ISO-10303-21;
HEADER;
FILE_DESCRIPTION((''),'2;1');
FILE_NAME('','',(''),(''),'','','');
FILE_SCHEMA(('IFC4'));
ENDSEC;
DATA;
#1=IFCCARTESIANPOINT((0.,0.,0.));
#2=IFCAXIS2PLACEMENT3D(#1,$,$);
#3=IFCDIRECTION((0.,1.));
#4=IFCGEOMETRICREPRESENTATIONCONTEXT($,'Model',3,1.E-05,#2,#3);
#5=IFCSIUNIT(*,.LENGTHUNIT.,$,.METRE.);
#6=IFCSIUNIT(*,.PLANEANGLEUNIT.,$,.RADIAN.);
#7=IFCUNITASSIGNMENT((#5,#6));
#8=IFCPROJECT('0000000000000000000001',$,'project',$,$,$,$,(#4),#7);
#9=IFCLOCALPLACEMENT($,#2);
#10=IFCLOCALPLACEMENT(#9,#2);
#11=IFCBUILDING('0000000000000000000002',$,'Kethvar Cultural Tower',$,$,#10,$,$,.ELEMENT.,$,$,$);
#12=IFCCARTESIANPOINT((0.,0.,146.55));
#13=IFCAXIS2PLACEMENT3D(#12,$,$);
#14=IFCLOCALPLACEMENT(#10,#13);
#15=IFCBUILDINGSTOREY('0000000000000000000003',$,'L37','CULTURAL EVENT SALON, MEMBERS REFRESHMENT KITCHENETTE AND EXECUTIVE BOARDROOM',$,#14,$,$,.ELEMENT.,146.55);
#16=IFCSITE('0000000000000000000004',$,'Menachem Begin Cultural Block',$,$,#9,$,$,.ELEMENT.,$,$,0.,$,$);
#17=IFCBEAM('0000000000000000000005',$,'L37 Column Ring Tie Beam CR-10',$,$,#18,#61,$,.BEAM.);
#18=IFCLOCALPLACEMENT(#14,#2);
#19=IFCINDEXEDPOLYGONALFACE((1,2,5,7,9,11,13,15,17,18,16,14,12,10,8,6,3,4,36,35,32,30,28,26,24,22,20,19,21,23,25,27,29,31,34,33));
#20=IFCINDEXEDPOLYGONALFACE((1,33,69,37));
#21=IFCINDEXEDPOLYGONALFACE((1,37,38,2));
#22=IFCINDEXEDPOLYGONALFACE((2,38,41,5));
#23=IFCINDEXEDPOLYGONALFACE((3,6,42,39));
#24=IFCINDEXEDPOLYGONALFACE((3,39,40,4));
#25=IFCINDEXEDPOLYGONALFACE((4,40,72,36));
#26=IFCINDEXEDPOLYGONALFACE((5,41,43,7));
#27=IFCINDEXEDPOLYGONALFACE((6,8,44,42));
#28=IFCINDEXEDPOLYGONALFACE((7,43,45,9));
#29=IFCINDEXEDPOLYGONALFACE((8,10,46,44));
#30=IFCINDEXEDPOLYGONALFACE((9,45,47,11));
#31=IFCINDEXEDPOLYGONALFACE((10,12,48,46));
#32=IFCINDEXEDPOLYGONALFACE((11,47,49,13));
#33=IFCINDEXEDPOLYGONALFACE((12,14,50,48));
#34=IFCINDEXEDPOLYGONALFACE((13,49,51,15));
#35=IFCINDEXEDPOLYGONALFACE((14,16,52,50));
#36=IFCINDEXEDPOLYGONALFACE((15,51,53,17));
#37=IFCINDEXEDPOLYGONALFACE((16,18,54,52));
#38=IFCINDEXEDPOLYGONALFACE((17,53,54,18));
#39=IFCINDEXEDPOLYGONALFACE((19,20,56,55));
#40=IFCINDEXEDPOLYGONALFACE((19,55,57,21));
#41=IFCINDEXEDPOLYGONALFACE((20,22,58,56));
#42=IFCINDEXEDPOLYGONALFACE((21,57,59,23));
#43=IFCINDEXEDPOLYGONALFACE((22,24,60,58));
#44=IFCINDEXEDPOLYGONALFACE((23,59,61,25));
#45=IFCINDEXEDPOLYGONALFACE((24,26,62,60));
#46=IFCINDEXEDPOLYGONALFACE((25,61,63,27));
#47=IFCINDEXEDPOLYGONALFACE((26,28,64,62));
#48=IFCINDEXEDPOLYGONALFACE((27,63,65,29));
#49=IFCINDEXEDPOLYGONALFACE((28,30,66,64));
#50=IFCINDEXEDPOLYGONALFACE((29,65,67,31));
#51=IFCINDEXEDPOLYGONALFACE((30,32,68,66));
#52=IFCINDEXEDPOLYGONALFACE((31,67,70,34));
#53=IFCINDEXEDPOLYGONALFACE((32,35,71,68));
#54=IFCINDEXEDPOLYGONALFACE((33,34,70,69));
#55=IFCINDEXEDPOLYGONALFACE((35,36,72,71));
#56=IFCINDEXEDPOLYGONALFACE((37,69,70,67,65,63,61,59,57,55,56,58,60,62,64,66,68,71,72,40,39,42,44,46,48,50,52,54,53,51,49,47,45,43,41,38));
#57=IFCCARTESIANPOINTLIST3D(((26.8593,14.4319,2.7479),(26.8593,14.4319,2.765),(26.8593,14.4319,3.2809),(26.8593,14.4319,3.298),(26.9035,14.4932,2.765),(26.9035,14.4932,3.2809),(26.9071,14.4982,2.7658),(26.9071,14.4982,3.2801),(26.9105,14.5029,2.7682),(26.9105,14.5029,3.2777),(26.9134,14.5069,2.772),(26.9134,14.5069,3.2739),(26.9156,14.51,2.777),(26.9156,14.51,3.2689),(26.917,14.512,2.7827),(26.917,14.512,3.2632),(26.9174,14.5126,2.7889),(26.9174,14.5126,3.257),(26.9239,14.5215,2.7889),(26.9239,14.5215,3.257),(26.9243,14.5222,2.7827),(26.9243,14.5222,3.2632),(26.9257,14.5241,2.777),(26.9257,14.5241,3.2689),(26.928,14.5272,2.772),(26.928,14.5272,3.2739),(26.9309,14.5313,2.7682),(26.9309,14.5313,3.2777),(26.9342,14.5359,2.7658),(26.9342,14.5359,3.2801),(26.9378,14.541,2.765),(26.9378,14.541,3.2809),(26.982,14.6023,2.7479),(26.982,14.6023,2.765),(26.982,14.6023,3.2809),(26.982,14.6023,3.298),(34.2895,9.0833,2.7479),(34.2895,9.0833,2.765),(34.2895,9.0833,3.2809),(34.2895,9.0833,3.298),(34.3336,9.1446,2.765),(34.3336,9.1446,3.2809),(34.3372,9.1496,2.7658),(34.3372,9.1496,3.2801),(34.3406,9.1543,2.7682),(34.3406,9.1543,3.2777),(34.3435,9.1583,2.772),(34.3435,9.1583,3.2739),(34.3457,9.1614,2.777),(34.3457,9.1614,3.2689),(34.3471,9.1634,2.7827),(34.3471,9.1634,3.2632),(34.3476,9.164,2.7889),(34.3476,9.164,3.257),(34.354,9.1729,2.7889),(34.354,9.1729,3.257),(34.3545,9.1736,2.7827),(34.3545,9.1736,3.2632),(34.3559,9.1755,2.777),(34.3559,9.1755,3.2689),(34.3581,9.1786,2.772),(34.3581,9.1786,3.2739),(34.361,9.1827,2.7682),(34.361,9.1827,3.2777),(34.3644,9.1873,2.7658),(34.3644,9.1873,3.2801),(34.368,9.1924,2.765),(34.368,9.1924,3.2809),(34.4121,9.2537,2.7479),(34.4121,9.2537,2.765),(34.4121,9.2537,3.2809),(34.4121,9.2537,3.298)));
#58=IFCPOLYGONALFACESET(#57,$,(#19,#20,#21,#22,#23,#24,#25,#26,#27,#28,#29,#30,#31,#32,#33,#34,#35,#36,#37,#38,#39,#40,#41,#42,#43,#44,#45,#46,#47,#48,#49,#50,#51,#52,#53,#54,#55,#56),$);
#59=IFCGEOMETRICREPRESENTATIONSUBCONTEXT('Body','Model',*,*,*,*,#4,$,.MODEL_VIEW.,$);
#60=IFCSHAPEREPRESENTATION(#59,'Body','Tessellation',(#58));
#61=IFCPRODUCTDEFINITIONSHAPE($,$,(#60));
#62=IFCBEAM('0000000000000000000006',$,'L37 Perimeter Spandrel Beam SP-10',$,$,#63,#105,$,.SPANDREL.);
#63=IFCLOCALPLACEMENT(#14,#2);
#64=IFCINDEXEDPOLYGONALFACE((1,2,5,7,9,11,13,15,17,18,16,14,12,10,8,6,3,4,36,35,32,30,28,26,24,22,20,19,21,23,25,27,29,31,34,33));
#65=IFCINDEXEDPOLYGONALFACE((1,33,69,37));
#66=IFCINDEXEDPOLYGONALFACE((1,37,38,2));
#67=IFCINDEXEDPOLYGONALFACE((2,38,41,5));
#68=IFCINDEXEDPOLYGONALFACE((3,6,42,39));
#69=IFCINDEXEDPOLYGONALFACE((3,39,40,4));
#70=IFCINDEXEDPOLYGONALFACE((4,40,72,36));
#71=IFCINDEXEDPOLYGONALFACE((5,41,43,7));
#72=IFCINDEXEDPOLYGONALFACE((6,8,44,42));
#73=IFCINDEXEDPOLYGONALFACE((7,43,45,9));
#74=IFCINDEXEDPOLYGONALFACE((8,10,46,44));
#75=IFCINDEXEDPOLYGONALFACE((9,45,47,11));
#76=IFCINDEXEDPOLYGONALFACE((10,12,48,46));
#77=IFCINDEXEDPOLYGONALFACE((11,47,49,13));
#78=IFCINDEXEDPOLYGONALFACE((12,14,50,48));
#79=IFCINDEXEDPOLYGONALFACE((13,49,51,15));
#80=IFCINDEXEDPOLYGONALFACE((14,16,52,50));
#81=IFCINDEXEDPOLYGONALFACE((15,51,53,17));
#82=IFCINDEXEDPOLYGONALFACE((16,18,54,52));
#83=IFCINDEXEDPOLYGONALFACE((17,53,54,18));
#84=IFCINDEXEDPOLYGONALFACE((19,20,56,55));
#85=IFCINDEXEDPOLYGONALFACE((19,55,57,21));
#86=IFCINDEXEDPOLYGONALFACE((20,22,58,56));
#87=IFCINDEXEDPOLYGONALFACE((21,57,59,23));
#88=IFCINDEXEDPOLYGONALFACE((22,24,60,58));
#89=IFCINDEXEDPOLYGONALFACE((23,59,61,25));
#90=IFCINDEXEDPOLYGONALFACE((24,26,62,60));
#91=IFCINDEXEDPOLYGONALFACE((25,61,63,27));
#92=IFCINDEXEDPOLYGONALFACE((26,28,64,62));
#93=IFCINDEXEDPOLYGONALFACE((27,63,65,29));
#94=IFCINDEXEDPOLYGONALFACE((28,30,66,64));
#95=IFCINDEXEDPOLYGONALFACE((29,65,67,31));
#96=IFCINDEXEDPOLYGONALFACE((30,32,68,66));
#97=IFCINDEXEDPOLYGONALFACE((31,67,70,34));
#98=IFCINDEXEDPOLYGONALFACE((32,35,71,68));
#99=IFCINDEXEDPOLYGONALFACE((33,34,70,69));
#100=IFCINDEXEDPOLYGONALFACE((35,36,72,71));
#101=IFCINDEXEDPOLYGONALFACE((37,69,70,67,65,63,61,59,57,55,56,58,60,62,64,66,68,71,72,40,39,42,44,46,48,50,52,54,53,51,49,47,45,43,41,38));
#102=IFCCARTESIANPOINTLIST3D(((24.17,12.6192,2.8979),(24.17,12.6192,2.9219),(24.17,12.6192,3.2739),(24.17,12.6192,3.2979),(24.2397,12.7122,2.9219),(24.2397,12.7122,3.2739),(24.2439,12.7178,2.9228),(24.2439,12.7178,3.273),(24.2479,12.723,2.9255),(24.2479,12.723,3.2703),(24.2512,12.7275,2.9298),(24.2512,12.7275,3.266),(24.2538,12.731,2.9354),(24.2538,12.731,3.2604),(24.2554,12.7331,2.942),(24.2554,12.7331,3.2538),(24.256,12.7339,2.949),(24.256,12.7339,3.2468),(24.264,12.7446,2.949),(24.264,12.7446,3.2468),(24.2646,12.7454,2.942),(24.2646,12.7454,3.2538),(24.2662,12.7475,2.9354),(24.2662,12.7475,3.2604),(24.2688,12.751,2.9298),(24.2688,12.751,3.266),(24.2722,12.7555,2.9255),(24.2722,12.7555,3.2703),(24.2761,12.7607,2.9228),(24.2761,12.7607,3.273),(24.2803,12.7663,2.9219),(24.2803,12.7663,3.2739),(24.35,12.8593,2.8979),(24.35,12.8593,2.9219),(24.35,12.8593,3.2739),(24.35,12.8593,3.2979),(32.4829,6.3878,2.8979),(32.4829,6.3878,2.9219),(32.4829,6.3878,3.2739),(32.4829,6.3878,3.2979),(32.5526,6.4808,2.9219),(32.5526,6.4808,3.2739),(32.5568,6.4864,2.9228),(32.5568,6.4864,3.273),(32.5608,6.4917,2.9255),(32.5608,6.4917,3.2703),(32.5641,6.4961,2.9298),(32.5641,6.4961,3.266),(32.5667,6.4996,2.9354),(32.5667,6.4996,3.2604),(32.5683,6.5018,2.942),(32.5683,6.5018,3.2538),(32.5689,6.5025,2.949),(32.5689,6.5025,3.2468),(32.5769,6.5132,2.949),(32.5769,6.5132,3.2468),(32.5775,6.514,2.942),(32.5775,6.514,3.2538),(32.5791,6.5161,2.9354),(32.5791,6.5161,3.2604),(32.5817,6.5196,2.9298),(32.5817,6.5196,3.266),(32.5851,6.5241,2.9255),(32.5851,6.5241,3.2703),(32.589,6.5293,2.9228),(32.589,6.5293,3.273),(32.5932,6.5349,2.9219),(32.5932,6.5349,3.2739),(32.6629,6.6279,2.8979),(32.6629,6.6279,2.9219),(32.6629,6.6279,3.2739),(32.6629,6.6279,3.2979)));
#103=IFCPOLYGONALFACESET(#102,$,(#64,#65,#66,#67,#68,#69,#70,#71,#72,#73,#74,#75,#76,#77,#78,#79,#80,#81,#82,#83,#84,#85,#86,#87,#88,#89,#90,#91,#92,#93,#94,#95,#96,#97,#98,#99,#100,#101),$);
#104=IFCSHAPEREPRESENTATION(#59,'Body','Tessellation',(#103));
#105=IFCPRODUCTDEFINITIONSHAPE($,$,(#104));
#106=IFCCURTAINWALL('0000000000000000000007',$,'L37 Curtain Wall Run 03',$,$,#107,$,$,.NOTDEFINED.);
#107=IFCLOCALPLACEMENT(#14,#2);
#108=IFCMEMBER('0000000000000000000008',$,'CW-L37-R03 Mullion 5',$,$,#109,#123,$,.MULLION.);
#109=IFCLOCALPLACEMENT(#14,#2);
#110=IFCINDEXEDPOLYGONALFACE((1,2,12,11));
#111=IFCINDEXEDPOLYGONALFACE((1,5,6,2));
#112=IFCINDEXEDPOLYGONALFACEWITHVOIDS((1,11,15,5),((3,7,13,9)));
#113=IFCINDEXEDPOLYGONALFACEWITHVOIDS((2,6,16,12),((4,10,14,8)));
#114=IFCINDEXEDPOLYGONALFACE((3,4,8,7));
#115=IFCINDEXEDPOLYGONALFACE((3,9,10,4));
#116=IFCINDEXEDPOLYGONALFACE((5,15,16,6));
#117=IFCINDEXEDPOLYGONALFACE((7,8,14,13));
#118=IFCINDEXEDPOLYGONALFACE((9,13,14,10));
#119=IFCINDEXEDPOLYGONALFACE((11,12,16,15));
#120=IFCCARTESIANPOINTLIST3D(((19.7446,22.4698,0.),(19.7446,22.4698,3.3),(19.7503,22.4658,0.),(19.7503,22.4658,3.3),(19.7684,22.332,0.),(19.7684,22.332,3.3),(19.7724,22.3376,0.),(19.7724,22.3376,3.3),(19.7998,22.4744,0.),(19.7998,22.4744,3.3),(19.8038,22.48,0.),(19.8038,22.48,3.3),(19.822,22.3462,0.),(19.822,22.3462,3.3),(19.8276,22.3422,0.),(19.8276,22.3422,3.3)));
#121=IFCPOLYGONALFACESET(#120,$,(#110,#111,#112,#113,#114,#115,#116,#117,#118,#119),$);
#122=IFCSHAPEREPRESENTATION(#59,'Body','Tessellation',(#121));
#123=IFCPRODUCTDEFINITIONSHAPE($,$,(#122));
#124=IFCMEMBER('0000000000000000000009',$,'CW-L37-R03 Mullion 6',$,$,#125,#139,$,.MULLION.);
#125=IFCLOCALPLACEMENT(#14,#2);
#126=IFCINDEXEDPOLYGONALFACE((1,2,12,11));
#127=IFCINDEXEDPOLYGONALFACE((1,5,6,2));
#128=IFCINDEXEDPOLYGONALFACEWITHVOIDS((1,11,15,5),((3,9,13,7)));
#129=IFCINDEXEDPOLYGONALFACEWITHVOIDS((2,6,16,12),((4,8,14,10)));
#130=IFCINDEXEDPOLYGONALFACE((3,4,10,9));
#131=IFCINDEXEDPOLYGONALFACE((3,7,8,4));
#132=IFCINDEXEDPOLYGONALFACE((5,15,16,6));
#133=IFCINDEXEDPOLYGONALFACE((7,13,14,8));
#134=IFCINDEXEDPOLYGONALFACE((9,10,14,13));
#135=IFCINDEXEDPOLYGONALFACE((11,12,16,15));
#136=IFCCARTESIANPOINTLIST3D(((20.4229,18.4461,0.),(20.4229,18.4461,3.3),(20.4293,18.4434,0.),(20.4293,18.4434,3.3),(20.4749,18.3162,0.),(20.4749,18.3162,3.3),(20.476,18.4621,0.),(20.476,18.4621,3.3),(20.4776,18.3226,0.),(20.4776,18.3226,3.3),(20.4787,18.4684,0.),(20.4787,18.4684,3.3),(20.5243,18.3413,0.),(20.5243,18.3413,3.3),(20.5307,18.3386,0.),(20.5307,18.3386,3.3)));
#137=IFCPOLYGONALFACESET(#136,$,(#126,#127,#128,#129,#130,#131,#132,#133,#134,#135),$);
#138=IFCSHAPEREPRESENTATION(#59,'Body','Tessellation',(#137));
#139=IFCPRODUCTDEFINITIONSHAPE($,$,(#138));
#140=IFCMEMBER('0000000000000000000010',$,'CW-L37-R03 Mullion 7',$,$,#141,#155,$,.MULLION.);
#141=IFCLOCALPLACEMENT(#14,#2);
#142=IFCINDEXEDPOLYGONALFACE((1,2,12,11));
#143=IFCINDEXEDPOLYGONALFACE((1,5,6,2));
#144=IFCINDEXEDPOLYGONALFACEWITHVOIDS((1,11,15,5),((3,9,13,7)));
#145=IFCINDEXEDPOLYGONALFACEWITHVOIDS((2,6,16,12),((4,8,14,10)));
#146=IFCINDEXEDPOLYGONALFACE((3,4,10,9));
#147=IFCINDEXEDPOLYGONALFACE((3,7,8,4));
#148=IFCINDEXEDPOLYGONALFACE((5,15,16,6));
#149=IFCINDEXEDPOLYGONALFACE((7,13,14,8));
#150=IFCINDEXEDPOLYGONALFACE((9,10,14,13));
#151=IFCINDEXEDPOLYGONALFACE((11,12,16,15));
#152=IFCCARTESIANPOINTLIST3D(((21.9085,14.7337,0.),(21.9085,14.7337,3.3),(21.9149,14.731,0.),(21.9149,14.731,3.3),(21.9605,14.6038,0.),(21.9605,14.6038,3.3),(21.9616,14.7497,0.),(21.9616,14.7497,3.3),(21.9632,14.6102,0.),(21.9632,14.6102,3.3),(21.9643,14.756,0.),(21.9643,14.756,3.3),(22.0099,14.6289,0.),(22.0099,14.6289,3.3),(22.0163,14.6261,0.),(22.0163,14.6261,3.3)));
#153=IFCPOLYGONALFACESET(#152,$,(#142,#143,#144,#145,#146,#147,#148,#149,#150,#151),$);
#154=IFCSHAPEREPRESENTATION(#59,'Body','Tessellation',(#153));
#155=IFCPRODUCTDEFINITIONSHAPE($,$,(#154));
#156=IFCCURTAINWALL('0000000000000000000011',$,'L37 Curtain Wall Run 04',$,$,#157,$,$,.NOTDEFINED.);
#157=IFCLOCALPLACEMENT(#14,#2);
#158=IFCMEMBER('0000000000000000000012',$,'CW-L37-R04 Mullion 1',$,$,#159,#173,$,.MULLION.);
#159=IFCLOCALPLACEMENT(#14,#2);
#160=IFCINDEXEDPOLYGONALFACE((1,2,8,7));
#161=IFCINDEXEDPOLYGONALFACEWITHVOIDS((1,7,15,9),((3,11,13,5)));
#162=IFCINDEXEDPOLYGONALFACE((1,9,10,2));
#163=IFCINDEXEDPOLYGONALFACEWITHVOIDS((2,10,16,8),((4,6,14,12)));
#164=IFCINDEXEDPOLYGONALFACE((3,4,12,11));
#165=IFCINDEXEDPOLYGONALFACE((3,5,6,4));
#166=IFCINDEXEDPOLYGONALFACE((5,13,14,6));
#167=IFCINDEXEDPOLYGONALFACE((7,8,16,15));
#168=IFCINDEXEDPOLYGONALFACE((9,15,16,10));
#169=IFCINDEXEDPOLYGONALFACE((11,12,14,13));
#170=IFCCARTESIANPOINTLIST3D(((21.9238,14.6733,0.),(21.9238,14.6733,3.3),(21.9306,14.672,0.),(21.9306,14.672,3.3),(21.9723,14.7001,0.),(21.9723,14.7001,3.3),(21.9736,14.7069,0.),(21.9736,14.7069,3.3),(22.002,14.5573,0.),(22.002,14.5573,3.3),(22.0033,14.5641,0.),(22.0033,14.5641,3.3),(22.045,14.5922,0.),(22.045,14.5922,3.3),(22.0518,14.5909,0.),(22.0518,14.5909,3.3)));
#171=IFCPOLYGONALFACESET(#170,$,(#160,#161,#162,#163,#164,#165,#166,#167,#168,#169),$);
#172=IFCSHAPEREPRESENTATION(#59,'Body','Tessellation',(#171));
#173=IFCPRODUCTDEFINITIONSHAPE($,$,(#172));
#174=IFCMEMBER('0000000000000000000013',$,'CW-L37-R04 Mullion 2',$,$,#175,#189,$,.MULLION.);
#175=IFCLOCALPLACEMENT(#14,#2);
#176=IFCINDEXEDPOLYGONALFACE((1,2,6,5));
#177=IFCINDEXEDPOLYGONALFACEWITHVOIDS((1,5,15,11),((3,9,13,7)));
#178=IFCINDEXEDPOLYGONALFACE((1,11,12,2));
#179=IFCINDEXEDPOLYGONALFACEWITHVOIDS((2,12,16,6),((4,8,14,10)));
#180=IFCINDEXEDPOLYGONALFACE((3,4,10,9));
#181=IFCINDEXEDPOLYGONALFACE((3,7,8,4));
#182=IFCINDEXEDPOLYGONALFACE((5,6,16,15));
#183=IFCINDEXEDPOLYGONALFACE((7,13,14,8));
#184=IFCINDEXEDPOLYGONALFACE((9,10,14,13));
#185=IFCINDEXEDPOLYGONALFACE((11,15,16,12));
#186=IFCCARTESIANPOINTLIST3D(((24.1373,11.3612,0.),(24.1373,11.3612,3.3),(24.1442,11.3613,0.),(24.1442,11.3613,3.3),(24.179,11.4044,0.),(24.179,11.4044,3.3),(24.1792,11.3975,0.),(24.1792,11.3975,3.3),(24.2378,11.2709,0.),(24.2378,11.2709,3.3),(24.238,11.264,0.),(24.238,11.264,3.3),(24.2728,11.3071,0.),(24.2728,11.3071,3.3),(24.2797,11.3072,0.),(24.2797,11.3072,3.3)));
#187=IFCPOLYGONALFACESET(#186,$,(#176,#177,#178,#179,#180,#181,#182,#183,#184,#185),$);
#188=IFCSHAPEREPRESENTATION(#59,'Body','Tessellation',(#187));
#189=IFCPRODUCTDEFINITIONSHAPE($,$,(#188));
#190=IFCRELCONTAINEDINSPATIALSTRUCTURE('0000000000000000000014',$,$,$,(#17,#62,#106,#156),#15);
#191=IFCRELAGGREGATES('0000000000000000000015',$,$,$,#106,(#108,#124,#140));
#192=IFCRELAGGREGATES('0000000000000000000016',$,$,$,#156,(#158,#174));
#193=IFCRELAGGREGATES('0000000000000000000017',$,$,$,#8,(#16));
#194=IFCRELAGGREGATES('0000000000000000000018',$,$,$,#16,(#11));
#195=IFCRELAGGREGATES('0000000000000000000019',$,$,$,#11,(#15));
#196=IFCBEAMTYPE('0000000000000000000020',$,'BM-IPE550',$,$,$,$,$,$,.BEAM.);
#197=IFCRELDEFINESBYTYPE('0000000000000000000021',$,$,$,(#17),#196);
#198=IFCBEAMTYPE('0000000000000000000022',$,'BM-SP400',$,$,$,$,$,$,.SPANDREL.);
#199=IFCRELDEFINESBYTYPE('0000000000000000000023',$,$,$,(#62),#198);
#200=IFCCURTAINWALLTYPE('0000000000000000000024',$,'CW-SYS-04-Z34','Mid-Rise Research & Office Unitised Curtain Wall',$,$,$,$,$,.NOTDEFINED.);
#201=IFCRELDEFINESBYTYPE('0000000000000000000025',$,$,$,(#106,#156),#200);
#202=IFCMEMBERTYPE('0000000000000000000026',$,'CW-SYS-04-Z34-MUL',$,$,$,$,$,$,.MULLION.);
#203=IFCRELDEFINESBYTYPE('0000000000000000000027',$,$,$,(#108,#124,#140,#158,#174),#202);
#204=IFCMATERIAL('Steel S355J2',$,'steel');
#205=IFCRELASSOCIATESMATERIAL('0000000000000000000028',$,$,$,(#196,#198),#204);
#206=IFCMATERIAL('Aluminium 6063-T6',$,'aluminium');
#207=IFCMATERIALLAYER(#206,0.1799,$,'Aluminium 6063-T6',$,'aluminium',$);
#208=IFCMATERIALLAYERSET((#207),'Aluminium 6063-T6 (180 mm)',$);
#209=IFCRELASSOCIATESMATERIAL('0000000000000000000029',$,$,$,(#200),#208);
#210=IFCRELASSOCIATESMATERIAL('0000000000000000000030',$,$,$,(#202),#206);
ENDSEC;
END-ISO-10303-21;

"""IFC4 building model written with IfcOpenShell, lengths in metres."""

from ifc_helpers import new_model, si_unit, direction, frame, origin, origin_2d, place, context, subcontext, project, spatial, hollow_rectangle, i_section, extrude, source, transform, mapped, material, layer, layer_set, material_profile, profile_set, type_object, element, aggregate, save


model = new_model("IFC4")

# Units and contexts
model_context = context("Model", 3, precision=1e-05, world=origin(), true_north=direction((0.0, 1.0)))
body_context = subcontext(model_context, "Body", "Model", "MODEL_VIEW")
ifc_project = project(units=[si_unit("LENGTHUNIT", "METRE"), si_unit("PLANEANGLEUNIT", "RADIAN")], contexts=[model_context])

# Site, building, storey
site_placement = place(None, origin())
site = spatial("IfcSite", under=ifc_project, at=site_placement, Name="Menachem Begin Cultural Block", CompositionType="ELEMENT", RefElevation=0.0)
building_placement = place(site_placement, origin())
building = spatial("IfcBuilding", under=site, at=building_placement, Name="Kethvar Cultural Tower", CompositionType="ELEMENT")
storey_placement = place(building_placement, frame((0.0, 0.0, 146.55)))
storey = spatial("IfcBuildingStorey", under=building, at=storey_placement, Name="L37", Description="CULTURAL EVENT SALON, MEMBERS REFRESHMENT KITCHENETTE AND EXECUTIVE BOARDROOM", CompositionType="ELEMENT", Elevation=146.55)

# Beams
ifc_material_1 = material(Name="Steel S355J2", Category="steel")
ifc_material_profile_1 = material_profile(ifc_material_1, i_section(OverallWidth=0.21, OverallDepth=0.55, WebThickness=0.011, FlangeThickness=0.0171, FilletRadius=0.0239, at=origin_2d()), Name="Steel S355J2 — IPE550")
ifc_profile_set_1 = profile_set([ifc_material_profile_1], Name="Steel S355J2 — IPE550")
beam_type_1 = type_object("IfcBeamType", Name="BM-IPE550", PredefinedType="BEAM", material=ifc_profile_set_1)
ifc_material_profile_2 = material_profile(ifc_material_1, i_section(OverallWidth=0.3, OverallDepth=0.3999, WebThickness=0.0134, FlangeThickness=0.0239, FilletRadius=0.0271, at=origin_2d()), Name="Steel S355J2 — HEB400")
ifc_profile_set_2 = profile_set([ifc_material_profile_2], Name="Steel S355J2 — HEB400")
beam_type_2 = type_object("IfcBeamType", Name="BM-SP400", PredefinedType="SPANDREL", material=ifc_profile_set_2)
shared_shape_1 = source(origin(), body_context, "Body", "SweptSolid", [
    extrude(i_section(OverallWidth=0.21, OverallDepth=0.55, WebThickness=0.011, FlangeThickness=0.0171, FilletRadius=0.0239, at=origin_2d()), origin(), (0.0, 0.0, 1.0), 9.155),
])
beam_1_placement = place(storey_placement, frame((26.9207, 14.5171, 3.0229), z_axis=(0.811591, -0.584226, 0.0), x_axis=(0.584226, 0.811591, 0.0)))
element("IfcBeam", 1, at=beam_1_placement, inside=storey, type_object=beam_type_1, Name="L37 Column Ring Tie Beam CR-10", PredefinedType="BEAM", context=body_context, shape_type="MappedRepresentation", body=[
    mapped(shared_shape_1, transform((0.0, 0.0, 0.0), scale=1.0)),
])
shared_shape_2 = source(origin(), body_context, "Body", "SweptSolid", [
    extrude(i_section(OverallWidth=0.3, OverallDepth=0.3999, WebThickness=0.0134, FlangeThickness=0.0239, FilletRadius=0.0271, at=origin_2d()), origin(), (0.0, 0.0, 1.0), 10.3892),
])
beam_2_placement = place(storey_placement, frame((24.26, 12.7393, 3.0979), z_axis=(0.800152, -0.599797, 0.0), x_axis=(0.599797, 0.800152, 0.0)))
element("IfcBeam", 2, at=beam_2_placement, inside=storey, type_object=beam_type_2, Name="L37 Perimeter Spandrel Beam SP-10", PredefinedType="SPANDREL", context=body_context, shape_type="MappedRepresentation", body=[
    mapped(shared_shape_2, transform((0.0, 0.0, 0.0), scale=1.0)),
])

# Curtain walls, members
ifc_material_2 = material(Name="Aluminium 6063-T6", Category="aluminium")
ifc_layer_1 = layer(ifc_material_2, 0.1799, Name="Aluminium 6063-T6", Category="aluminium")
ifc_layer_set_1 = layer_set([ifc_layer_1], Name="Aluminium 6063-T6 (180 mm)")
curtain_wall_type = type_object("IfcCurtainWallType", Name="CW-SYS-04-Z34", Description="Mid-Rise Research & Office Unitised Curtain Wall", PredefinedType="NOTDEFINED", material=ifc_layer_set_1)
curtain_wall_1_placement = place(storey_placement, origin())
curtain_wall_1 = element("IfcCurtainWall", 3, at=curtain_wall_1_placement, inside=storey, type_object=curtain_wall_type, Name="L37 Curtain Wall Run 03", PredefinedType="NOTDEFINED")
ifc_material_profile_3 = material_profile(ifc_material_2, hollow_rectangle(XDim=0.0601, YDim=0.1399, WallThickness=0.0049, at=origin_2d()), Name="Aluminium 6063-T6 — RHS140x60x5")
ifc_profile_set_3 = profile_set([ifc_material_profile_3], Name="Aluminium 6063-T6 — RHS140x60x5")
member_type_1 = type_object("IfcMemberType", Name="CW-SYS-04-Z34-MUL", PredefinedType="MULLION", material=ifc_profile_set_3)
shared_shape_3 = source(origin(), body_context, "Body", "SweptSolid", [
    extrude(hollow_rectangle(XDim=0.0601, YDim=0.1399, WallThickness=0.0049, at=origin_2d()), origin(), (0.0, 0.0, 1.0), 3.3),
])
member_1_placement = place(storey_placement, frame((19.7861, 22.406, 0.0), z_axis=(0.0, 0.0, 1.0), x_axis=(0.985411, 0.170192, 0.0)))
member_1 = element("IfcMember", 4, at=member_1_placement, type_object=member_type_1, Name="CW-L37-R03 Mullion 5", PredefinedType="MULLION", context=body_context, shape_type="MappedRepresentation", body=[
    mapped(shared_shape_3, transform((0.0, 0.0, 0.0), scale=1.0)),
])
member_2_placement = place(storey_placement, frame((20.4768, 18.3923, 0.0), z_axis=(0.0, 0.0, 1.0), x_axis=(0.928427, 0.371514, 0.0)))
member_2 = element("IfcMember", 5, at=member_2_placement, type_object=member_type_1, Name="CW-L37-R03 Mullion 6", PredefinedType="MULLION", context=body_context, shape_type="MappedRepresentation", body=[
    mapped(shared_shape_3, transform((0.0, 0.0, 0.0), scale=1.0)),
])
member_3_placement = place(storey_placement, frame((21.9624, 14.6799, 0.0), z_axis=(0.0, 0.0, 1.0), x_axis=(0.928427, 0.371514, 0.0)))
member_3 = element("IfcMember", 6, at=member_3_placement, type_object=member_type_1, Name="CW-L37-R03 Mullion 7", PredefinedType="MULLION", context=body_context, shape_type="MappedRepresentation", body=[
    mapped(shared_shape_3, transform((0.0, 0.0, 0.0), scale=1.0)),
])
curtain_wall_2_placement = place(storey_placement, origin())
curtain_wall_2 = element("IfcCurtainWall", 7, at=curtain_wall_2_placement, inside=storey, type_object=curtain_wall_type, Name="L37 Curtain Wall Run 04", PredefinedType="NOTDEFINED")
member_4_placement = place(storey_placement, frame((21.9878, 14.6321, 0.0), z_axis=(0.0, 0.0, 1.0), x_axis=(0.829125, 0.559063, 0.0)))
member_4 = element("IfcMember", 8, at=member_4_placement, type_object=member_type_1, Name="CW-L37-R04 Mullion 1", PredefinedType="MULLION", context=body_context, shape_type="MappedRepresentation", body=[
    mapped(shared_shape_3, transform((0.0, 0.0, 0.0), scale=1.0)),
])
member_5_placement = place(storey_placement, frame((24.2085, 11.3342, 0.0), z_axis=(0.0, 0.0, 1.0), x_axis=(0.694646, 0.719352, 0.0)))
member_5 = element("IfcMember", 9, at=member_5_placement, type_object=member_type_1, Name="CW-L37-R04 Mullion 2", PredefinedType="MULLION", context=body_context, shape_type="MappedRepresentation", body=[
    mapped(shared_shape_3, transform((0.0, 0.0, 0.0), scale=1.0)),
])

aggregate(curtain_wall_1, [member_1, member_2, member_3])
aggregate(curtain_wall_2, [member_4, member_5])

save(model, "model.ifc")
